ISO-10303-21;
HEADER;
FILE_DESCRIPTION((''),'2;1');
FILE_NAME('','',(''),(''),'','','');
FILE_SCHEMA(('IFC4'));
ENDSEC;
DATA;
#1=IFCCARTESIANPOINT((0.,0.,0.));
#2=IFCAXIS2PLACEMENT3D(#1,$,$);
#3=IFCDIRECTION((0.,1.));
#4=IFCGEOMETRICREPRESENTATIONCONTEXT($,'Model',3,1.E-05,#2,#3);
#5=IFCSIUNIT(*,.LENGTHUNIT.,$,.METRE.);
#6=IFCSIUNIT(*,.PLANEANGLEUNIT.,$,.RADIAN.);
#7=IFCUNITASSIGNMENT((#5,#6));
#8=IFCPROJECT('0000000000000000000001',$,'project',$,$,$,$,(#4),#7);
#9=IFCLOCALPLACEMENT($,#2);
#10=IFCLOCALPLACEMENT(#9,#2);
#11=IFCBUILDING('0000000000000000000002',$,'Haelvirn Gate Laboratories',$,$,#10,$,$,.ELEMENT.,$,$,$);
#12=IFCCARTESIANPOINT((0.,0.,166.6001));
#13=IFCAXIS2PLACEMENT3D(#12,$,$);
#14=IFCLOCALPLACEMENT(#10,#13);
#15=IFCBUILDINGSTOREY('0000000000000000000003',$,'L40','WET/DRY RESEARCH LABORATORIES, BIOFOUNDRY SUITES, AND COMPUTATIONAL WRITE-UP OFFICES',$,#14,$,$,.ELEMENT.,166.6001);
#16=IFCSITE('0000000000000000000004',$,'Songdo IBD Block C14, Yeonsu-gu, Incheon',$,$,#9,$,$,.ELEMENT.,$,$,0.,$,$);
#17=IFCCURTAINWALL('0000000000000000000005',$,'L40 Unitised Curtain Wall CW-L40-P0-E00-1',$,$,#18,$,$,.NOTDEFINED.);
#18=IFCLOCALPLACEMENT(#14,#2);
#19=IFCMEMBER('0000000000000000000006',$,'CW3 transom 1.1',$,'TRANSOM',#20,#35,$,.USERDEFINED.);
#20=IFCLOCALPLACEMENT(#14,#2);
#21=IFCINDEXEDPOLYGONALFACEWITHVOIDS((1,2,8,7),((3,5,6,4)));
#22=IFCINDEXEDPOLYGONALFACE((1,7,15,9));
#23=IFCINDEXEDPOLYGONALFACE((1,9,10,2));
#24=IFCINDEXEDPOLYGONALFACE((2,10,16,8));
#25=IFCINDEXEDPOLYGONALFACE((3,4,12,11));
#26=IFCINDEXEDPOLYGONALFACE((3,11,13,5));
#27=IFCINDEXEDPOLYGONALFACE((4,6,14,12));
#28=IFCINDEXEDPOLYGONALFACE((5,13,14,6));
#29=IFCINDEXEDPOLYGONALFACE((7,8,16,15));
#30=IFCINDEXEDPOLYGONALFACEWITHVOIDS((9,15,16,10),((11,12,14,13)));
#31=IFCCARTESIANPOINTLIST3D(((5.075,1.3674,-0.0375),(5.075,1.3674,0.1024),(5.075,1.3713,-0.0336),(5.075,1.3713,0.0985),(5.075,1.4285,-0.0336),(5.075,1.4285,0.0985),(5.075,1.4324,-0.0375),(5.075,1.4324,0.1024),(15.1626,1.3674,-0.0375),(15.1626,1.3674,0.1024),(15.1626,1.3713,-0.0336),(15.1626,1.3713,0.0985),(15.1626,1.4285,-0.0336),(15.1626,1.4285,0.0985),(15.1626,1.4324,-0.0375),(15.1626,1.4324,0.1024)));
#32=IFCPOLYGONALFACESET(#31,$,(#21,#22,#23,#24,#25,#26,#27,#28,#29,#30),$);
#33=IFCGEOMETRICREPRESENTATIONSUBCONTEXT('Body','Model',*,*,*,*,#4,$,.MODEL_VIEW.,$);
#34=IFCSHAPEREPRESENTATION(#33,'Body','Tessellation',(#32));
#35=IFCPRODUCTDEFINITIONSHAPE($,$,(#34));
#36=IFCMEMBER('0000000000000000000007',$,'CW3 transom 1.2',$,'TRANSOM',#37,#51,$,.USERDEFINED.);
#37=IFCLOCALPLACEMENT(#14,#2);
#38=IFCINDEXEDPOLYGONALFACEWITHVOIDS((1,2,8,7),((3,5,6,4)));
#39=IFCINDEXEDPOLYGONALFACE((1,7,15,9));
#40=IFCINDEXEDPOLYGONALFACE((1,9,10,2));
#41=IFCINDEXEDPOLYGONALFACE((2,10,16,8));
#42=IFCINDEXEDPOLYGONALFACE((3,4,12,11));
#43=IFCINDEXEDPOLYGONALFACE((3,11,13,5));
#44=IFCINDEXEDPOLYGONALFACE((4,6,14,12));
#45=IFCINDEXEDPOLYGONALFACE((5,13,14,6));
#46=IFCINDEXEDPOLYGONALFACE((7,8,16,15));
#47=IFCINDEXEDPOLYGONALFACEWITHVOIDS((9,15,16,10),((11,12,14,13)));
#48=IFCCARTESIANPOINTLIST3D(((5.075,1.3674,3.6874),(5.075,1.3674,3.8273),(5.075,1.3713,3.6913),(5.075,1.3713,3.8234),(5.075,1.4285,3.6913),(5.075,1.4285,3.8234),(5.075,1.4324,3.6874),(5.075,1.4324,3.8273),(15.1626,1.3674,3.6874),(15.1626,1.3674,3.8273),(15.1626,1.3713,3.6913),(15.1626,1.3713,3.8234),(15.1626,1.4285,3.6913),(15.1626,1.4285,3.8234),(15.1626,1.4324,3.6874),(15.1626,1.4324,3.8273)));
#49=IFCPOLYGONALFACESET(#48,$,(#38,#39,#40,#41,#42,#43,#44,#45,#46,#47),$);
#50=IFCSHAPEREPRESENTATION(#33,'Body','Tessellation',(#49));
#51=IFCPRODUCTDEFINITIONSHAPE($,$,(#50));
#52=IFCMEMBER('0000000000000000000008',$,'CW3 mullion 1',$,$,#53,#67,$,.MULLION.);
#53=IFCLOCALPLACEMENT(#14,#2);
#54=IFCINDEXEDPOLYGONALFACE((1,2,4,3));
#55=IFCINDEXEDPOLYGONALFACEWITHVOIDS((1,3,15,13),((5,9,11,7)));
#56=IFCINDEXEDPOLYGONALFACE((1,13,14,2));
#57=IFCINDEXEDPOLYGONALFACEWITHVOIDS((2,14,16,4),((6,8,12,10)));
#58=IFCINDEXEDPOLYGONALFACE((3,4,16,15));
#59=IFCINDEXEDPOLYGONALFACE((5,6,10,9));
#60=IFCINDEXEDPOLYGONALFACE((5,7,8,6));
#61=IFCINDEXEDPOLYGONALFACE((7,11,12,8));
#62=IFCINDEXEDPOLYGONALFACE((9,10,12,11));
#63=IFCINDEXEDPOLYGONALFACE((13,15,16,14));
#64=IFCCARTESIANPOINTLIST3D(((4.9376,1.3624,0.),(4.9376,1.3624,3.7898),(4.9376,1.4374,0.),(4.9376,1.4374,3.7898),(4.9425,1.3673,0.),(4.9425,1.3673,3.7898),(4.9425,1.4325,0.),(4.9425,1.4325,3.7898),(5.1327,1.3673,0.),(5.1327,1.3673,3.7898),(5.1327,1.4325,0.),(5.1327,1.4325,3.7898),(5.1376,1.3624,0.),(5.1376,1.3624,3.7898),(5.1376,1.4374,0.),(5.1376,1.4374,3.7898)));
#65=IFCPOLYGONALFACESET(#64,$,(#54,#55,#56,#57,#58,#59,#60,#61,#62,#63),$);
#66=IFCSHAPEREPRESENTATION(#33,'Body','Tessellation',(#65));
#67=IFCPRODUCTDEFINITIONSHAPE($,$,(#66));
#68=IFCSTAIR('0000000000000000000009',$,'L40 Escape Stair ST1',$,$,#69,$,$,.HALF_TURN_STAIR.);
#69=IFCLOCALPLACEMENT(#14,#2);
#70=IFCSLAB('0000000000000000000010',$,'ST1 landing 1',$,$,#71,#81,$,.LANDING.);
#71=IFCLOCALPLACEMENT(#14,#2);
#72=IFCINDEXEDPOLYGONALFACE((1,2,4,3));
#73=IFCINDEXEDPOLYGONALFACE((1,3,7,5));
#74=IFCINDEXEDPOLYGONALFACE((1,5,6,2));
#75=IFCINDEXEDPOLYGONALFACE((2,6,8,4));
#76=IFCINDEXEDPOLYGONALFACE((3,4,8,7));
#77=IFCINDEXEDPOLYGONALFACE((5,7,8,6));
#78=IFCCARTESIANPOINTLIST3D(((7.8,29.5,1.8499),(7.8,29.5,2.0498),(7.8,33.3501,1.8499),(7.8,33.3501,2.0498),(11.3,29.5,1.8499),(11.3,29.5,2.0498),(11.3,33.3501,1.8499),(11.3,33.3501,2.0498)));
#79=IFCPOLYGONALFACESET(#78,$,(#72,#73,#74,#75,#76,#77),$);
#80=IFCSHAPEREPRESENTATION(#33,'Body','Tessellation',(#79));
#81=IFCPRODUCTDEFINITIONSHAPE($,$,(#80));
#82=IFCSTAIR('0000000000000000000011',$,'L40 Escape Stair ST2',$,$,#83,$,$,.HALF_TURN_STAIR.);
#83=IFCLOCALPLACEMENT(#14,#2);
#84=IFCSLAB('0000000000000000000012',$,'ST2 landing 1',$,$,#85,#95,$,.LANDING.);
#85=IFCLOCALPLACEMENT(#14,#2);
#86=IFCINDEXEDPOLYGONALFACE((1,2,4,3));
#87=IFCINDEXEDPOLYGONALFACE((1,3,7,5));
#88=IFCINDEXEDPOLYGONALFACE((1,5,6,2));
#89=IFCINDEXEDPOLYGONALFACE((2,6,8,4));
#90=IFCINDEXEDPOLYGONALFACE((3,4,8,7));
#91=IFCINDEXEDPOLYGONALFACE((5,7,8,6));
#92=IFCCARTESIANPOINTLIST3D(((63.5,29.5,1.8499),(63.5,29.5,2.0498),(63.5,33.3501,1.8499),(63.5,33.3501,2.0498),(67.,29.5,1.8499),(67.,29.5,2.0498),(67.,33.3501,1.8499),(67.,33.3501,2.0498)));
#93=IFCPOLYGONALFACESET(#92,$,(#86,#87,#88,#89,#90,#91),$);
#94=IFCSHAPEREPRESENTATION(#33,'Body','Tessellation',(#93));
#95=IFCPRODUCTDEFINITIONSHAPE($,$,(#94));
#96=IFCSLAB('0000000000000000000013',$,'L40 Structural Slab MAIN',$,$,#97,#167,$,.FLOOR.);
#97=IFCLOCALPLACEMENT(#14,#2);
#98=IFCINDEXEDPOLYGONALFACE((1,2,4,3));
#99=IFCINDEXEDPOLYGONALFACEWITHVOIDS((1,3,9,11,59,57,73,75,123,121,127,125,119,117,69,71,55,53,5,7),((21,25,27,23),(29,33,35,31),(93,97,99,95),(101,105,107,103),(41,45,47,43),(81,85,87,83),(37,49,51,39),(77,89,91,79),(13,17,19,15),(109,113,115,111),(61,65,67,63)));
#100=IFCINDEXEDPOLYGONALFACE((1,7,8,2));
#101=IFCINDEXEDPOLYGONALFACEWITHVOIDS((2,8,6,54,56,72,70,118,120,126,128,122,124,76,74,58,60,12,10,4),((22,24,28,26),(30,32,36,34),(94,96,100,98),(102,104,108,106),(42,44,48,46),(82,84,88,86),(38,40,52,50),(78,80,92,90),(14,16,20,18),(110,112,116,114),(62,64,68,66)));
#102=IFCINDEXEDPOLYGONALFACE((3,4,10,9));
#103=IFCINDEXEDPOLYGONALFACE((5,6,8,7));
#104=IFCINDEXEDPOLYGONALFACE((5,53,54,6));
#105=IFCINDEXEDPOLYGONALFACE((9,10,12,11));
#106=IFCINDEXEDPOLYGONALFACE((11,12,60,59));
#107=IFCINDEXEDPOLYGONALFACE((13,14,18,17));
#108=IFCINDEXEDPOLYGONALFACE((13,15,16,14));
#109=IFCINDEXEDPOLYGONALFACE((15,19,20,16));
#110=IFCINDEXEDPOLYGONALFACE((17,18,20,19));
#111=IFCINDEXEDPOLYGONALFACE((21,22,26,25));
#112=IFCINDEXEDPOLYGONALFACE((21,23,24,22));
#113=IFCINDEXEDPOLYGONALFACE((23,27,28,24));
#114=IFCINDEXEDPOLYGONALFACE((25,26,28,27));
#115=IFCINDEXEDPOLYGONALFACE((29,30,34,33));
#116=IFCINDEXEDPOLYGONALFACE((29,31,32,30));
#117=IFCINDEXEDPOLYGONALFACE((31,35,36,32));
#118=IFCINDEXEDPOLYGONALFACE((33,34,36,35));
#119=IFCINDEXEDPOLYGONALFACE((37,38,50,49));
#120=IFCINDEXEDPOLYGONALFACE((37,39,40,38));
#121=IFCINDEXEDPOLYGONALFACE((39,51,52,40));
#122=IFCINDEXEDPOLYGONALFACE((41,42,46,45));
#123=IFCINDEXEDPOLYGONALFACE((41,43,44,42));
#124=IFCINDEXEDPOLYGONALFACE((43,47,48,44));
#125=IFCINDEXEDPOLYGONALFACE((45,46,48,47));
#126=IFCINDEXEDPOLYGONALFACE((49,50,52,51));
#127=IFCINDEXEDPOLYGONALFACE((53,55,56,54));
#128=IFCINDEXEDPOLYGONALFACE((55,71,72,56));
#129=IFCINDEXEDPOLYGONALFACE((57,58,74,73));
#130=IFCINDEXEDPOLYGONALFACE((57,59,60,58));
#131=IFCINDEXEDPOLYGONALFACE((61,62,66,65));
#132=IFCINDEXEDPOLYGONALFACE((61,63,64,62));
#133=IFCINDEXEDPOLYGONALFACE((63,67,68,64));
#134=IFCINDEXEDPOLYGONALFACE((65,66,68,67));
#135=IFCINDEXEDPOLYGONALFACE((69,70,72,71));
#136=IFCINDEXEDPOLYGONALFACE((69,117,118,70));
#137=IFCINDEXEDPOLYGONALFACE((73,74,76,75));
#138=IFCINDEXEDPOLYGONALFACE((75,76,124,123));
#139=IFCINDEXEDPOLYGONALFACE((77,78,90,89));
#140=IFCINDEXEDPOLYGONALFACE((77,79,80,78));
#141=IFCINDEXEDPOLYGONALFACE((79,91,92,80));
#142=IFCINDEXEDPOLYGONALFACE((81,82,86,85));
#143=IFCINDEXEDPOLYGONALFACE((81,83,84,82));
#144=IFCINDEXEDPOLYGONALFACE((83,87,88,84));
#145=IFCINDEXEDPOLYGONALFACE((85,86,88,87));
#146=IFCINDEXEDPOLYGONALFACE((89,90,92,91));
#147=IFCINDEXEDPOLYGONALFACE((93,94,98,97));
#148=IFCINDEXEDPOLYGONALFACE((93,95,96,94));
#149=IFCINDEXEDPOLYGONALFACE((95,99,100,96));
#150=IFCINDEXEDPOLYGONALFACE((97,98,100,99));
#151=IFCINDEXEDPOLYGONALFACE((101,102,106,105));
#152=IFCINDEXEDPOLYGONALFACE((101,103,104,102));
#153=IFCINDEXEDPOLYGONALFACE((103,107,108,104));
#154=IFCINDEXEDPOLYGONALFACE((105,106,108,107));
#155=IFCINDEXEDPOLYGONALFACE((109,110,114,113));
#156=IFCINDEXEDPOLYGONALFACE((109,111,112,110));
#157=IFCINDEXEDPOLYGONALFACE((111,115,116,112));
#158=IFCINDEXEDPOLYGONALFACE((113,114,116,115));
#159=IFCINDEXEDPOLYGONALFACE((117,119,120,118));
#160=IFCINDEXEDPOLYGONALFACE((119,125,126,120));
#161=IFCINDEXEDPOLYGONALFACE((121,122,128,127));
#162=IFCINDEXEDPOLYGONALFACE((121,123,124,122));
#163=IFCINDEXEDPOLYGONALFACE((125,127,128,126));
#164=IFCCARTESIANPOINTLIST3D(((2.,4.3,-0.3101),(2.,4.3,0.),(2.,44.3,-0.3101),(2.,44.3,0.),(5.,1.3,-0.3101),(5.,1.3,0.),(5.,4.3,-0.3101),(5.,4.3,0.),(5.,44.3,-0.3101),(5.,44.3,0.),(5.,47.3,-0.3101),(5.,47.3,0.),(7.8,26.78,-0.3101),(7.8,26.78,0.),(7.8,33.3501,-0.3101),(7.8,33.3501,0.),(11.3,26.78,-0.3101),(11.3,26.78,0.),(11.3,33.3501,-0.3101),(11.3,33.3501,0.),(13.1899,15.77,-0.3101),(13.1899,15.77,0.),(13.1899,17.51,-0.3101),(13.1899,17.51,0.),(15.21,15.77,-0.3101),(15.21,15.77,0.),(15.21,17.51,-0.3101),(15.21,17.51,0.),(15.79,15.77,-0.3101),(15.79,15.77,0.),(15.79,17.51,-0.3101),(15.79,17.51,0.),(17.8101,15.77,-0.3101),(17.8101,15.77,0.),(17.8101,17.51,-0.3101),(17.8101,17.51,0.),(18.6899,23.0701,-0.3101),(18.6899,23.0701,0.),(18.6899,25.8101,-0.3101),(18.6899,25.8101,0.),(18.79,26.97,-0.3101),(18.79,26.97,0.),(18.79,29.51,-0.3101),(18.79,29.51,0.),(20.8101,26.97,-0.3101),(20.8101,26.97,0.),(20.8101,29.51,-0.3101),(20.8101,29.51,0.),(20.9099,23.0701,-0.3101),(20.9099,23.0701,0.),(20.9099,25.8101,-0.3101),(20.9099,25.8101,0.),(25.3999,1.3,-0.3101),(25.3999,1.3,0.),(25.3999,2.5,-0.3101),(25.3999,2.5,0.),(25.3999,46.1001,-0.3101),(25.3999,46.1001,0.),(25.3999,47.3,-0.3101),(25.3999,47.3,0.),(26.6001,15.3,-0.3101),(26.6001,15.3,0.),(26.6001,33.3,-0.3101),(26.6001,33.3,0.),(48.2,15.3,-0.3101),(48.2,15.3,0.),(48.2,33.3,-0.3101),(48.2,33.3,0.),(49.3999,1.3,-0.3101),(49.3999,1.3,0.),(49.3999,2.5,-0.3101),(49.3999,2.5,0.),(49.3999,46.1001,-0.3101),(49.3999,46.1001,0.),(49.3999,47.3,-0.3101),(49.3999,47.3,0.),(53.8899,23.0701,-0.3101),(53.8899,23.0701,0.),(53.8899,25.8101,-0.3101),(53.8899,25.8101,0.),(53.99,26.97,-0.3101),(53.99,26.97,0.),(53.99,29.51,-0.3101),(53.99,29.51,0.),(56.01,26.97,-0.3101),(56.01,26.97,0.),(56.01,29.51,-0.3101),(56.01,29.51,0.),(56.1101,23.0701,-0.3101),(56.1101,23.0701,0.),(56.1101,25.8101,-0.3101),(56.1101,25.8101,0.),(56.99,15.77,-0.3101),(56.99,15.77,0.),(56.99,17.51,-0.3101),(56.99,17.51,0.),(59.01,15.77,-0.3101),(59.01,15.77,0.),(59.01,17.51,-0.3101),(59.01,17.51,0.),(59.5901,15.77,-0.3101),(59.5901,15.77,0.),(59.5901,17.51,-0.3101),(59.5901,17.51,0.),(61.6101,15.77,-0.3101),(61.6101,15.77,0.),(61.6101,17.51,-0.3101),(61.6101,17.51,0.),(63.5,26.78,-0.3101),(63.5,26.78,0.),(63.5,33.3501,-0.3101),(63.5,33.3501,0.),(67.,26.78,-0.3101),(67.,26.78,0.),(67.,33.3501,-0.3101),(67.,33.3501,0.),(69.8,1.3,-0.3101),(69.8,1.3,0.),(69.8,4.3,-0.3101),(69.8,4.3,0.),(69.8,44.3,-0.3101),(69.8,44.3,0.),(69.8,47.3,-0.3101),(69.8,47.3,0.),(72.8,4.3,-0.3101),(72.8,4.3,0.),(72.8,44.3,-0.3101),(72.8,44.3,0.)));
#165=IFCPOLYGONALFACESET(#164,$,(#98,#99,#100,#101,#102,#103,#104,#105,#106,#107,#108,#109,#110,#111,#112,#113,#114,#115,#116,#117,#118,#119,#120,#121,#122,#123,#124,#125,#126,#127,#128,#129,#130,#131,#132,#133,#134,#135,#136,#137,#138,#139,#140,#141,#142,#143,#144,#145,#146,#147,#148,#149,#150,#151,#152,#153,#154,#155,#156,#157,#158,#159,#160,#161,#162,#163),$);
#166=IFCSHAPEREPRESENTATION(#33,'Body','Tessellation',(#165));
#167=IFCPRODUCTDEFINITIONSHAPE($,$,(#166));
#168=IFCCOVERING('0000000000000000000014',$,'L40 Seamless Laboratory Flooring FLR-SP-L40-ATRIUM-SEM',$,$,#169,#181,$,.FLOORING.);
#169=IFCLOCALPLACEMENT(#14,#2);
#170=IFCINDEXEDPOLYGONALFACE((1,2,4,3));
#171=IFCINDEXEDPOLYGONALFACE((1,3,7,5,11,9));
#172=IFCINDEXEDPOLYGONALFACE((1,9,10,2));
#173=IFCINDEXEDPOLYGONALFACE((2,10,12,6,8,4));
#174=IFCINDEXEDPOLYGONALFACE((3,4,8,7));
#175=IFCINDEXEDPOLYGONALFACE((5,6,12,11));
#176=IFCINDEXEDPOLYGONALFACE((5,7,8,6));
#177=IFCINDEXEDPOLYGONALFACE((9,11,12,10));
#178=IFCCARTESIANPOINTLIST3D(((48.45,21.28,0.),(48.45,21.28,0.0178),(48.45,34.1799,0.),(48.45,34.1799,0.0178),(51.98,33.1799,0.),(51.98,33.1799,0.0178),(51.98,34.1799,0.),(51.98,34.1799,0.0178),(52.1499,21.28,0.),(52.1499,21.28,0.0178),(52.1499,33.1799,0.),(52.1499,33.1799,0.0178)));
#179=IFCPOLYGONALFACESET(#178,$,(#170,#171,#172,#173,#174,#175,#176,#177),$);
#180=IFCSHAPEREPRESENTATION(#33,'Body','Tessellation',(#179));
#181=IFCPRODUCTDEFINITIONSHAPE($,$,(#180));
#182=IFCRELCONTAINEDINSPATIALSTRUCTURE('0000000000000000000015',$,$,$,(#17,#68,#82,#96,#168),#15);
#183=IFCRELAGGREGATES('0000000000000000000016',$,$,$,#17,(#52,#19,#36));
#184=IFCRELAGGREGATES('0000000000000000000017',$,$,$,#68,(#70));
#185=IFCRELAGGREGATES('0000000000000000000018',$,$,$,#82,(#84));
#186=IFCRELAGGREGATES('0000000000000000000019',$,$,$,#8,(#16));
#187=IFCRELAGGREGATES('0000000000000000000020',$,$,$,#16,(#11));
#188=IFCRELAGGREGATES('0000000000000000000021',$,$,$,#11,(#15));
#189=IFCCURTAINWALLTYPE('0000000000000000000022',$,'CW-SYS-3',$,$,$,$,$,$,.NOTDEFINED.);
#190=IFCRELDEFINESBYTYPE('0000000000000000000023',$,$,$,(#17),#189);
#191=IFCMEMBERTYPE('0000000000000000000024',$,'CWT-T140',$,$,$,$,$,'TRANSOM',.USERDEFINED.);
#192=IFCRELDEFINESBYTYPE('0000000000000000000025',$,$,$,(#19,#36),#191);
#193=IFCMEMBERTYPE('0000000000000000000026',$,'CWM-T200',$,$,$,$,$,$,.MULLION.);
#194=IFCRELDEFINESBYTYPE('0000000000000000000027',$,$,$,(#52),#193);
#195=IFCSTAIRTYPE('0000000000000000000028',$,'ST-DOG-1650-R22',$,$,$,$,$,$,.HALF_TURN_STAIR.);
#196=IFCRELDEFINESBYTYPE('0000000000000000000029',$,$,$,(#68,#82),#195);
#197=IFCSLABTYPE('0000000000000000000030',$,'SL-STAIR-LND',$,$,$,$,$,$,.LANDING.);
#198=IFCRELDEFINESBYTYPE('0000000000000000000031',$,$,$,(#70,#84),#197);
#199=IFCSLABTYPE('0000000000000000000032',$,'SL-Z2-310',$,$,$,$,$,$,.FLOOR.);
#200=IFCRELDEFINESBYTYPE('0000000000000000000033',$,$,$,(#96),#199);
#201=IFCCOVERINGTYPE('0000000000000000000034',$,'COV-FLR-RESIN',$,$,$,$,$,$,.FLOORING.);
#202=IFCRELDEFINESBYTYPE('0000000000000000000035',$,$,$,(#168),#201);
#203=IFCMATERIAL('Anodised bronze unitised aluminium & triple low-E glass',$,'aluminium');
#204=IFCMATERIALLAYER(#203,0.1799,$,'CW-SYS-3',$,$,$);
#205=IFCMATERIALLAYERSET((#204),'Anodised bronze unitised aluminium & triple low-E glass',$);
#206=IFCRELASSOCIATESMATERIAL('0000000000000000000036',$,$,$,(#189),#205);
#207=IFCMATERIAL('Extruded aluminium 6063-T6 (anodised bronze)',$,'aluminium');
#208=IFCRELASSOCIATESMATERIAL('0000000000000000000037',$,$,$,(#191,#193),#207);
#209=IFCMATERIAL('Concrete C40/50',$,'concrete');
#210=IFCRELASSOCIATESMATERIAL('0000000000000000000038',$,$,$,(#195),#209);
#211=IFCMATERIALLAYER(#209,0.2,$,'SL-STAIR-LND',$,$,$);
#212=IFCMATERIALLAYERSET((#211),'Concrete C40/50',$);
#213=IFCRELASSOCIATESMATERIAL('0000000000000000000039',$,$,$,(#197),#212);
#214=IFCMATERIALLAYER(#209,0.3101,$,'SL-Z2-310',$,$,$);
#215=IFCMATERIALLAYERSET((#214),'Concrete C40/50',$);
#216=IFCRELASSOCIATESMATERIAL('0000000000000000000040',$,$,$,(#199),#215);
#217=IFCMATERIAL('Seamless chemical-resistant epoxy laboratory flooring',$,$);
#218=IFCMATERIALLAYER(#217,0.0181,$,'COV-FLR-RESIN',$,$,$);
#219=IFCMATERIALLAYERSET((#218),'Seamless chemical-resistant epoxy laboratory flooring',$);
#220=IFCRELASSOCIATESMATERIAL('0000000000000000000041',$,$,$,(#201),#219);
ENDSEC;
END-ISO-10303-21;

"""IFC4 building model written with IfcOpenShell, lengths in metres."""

from ifc_helpers import new_model, si_unit, direction, frame, origin, origin_2d, place, context, subcontext, project, spatial, polyline, hollow_rectangle, outline, extrude, source, transform, mapped, material, layer, layer_set, material_profile, profile_set, type_object, type_shapes, element, aggregate, save


model = new_model("IFC4")

# Units and contexts
model_context = context("Model", 3, precision=1e-05, world=origin(), true_north=direction((0.0, 1.0)))
body_context = subcontext(model_context, "Body", "Model", "MODEL_VIEW")
ifc_project = project(units=[si_unit("LENGTHUNIT", "METRE"), si_unit("PLANEANGLEUNIT", "RADIAN")], contexts=[model_context])

# Site, building, storey
site_placement = place(None, origin())
site = spatial("IfcSite", under=ifc_project, at=site_placement, Name="Songdo IBD Block C14, Yeonsu-gu, Incheon", CompositionType="ELEMENT", RefElevation=0.0)
building_placement = place(site_placement, origin())
building = spatial("IfcBuilding", under=site, at=building_placement, Name="Haelvirn Gate Laboratories", CompositionType="ELEMENT")
storey_placement = place(building_placement, frame((0.0, 0.0, 166.6001)))
storey = spatial("IfcBuildingStorey", under=building, at=storey_placement, Name="L40", Description="WET/DRY RESEARCH LABORATORIES, BIOFOUNDRY SUITES, AND COMPUTATIONAL WRITE-UP OFFICES", CompositionType="ELEMENT", Elevation=166.6001)

# Curtain wall, members
ifc_material_1 = material(Name="Anodised bronze unitised aluminium & triple low-E glass", Category="aluminium")
ifc_layer_1 = layer(ifc_material_1, 0.1799, Name="CW-SYS-3")
ifc_layer_set_1 = layer_set([ifc_layer_1], Name="Anodised bronze unitised aluminium & triple low-E glass")
curtain_wall_type = type_object("IfcCurtainWallType", Name="CW-SYS-3", PredefinedType="NOTDEFINED", material=ifc_layer_set_1)
curtain_wall_placement = place(storey_placement, origin())
curtain_wall = element("IfcCurtainWall", 1, at=curtain_wall_placement, inside=storey, type_object=curtain_wall_type, Name="L40 Unitised Curtain Wall CW-L40-P0-E00-1", PredefinedType="NOTDEFINED")
ifc_material_2 = material(Name="Extruded aluminium 6063-T6 (anodised bronze)", Category="aluminium")
ifc_material_profile_1 = material_profile(ifc_material_2, hollow_rectangle(XDim=0.0649, YDim=0.1399, WallThickness=0.0039, at=origin_2d()), Name="CWT-140x65x4")
ifc_profile_set_1 = profile_set([ifc_material_profile_1], Name="Extruded aluminium 6063-T6 (anodised bronze)")
member_type_1 = type_object("IfcMemberType", Name="CWT-T140", ElementType="TRANSOM", PredefinedType="USERDEFINED", material=ifc_profile_set_1)
shared_shape_1 = source(origin(), body_context, "Body", "SweptSolid", [
    extrude(hollow_rectangle(XDim=0.0649, YDim=0.1399, WallThickness=0.0039, at=origin_2d()), origin(), (0.0, 0.0, 1.0), 10.0876),
])
type_shapes(member_type_1, [shared_shape_1])
member_1_placement = place(storey_placement, frame((5.075, 1.3999, 0.0325), z_axis=(1.0, 0.0, 0.0), x_axis=(0.0, 1.0, 0.0)))
member_1 = element("IfcMember", 2, at=member_1_placement, type_object=member_type_1, Name="CW3 transom 1.1", ObjectType="TRANSOM", PredefinedType="USERDEFINED", context=body_context, shape_type="MappedRepresentation", body=[
    mapped(shared_shape_1, transform((0.0, 0.0, 0.0), scale=1.0)),
])
member_2_placement = place(storey_placement, frame((5.075, 1.3999, 3.7573), z_axis=(1.0, 0.0, 0.0), x_axis=(0.0, 1.0, 0.0)))
member_2 = element("IfcMember", 3, at=member_2_placement, type_object=member_type_1, Name="CW3 transom 1.2", ObjectType="TRANSOM", PredefinedType="USERDEFINED", context=body_context, shape_type="MappedRepresentation", body=[
    mapped(shared_shape_1, transform((0.0, 0.0, 0.0), scale=1.0)),
])
ifc_material_profile_2 = material_profile(ifc_material_2, hollow_rectangle(XDim=0.075, YDim=0.2, WallThickness=0.0049, at=origin_2d()), Name="CWM-200x75x5")
ifc_profile_set_2 = profile_set([ifc_material_profile_2], Name="Extruded aluminium 6063-T6 (anodised bronze)")
member_type_2 = type_object("IfcMemberType", Name="CWM-T200", PredefinedType="MULLION", material=ifc_profile_set_2)
shared_shape_2 = source(origin(), body_context, "Body", "SweptSolid", [
    extrude(hollow_rectangle(XDim=0.075, YDim=0.2, WallThickness=0.0049, at=origin_2d()), origin(), (0.0, 0.0, 1.0), 3.7898),
])
type_shapes(member_type_2, [shared_shape_2])
member_3_placement = place(storey_placement, frame((5.0376, 1.3999, 0.0), z_axis=(0.0, 0.0, 1.0), x_axis=(0.0, 1.0, 0.0)))
member_3 = element("IfcMember", 4, at=member_3_placement, type_object=member_type_2, Name="CW3 mullion 1", PredefinedType="MULLION", context=body_context, shape_type="MappedRepresentation", body=[
    mapped(shared_shape_2, transform((0.0, 0.0, 0.0), scale=1.0)),
])
aggregate(curtain_wall, [member_3, member_1, member_2])

# Stairs, slabs
ifc_material_3 = material(Name="Concrete C40/50", Category="concrete")
stair_type = type_object("IfcStairType", Name="ST-DOG-1650-R22", PredefinedType="HALF_TURN_STAIR", material=ifc_material_3)
stair_1_placement = place(storey_placement, origin())
stair_1 = element("IfcStair", 5, at=stair_1_placement, inside=storey, type_object=stair_type, Name="L40 Escape Stair ST1", PredefinedType="HALF_TURN_STAIR")
ifc_layer_2 = layer(ifc_material_3, 0.2, Name="SL-STAIR-LND")
ifc_layer_set_2 = layer_set([ifc_layer_2], Name="Concrete C40/50")
slab_type_1 = type_object("IfcSlabType", Name="SL-STAIR-LND", PredefinedType="LANDING", material=ifc_layer_set_2)
slab_1_placement = place(storey_placement, frame((0.0, 0.0, 1.8499)))
slab_1 = element("IfcSlab", 6, at=slab_1_placement, type_object=slab_type_1, Name="ST1 landing 1", PredefinedType="LANDING", context=body_context, shape_type="SweptSolid", body=[
    extrude(outline(polyline([(11.3, 29.5), (11.3, 33.3501), (7.8, 33.3501), (7.8, 29.5), (11.3, 29.5)])), origin(), (0.0, 0.0, 1.0), 0.2),
])
aggregate(stair_1, [slab_1])
stair_2_placement = place(storey_placement, origin())
stair_2 = element("IfcStair", 7, at=stair_2_placement, inside=storey, type_object=stair_type, Name="L40 Escape Stair ST2", PredefinedType="HALF_TURN_STAIR")
slab_2_placement = place(storey_placement, frame((0.0, 0.0, 1.8499)))
slab_2 = element("IfcSlab", 8, at=slab_2_placement, type_object=slab_type_1, Name="ST2 landing 1", PredefinedType="LANDING", context=body_context, shape_type="SweptSolid", body=[
    extrude(outline(polyline([(67.0, 29.5), (67.0, 33.3501), (63.5, 33.3501), (63.5, 29.5), (67.0, 29.5)])), origin(), (0.0, 0.0, 1.0), 0.2),
])
aggregate(stair_2, [slab_2])

# Slab
ifc_layer_3 = layer(ifc_material_3, 0.3101, Name="SL-Z2-310")
ifc_layer_set_3 = layer_set([ifc_layer_3], Name="Concrete C40/50")
slab_type_2 = type_object("IfcSlabType", Name="SL-Z2-310", PredefinedType="FLOOR", material=ifc_layer_set_3)
slab_3_placement = place(storey_placement, frame((0.0, 0.0, -0.3101)))
element("IfcSlab", 9, at=slab_3_placement, inside=storey, type_object=slab_type_2, Name="L40 Structural Slab MAIN", PredefinedType="FLOOR", context=body_context, shape_type="SweptSolid", body=[
    extrude(outline(polyline([(5.0, 1.3), (25.3999, 1.3), (25.3999, 2.5), (49.3999, 2.5), (49.3999, 1.3), (69.8, 1.3), (69.8, 4.3), (72.8, 4.3), (72.8, 44.3), (69.8, 44.3), (69.8, 47.3), (49.3999, 47.3), (49.3999, 46.1001), (25.3999, 46.1001), (25.3999, 47.3), (5.0, 47.3), (5.0, 44.3), (2.0, 44.3), (2.0, 4.3), (5.0, 4.3), (5.0, 1.3)]), holes=[polyline([(26.6001, 15.3), (48.2, 15.3), (48.2, 33.3), (26.6001, 33.3), (26.6001, 15.3)]), polyline([(11.3, 26.78), (11.3, 33.3501), (7.8, 33.3501), (7.8, 26.78), (11.3, 26.78)]), polyline([(67.0, 26.78), (67.0, 33.3501), (63.5, 33.3501), (63.5, 26.78), (67.0, 26.78)]), polyline([(13.1899, 15.77), (15.21, 15.77), (15.21, 17.51), (13.1899, 17.51), (13.1899, 15.77)]), polyline([(15.79, 15.77), (17.8101, 15.77), (17.8101, 17.51), (15.79, 17.51), (15.79, 15.77)]), polyline([(18.79, 26.97), (20.8101, 26.97), (20.8101, 29.51), (18.79, 29.51), (18.79, 26.97)]), polyline([(18.6899, 23.0701), (20.9099, 23.0701), (20.9099, 25.8101), (18.6899, 25.8101), (18.6899, 23.0701)]), polyline([(59.5901, 15.77), (61.6101, 15.77), (61.6101, 17.51), (59.5901, 17.51), (59.5901, 15.77)]), polyline([(56.99, 15.77), (59.01, 15.77), (59.01, 17.51), (56.99, 17.51), (56.99, 15.77)]), polyline([(53.99, 26.97), (56.01, 26.97), (56.01, 29.51), (53.99, 29.51), (53.99, 26.97)]), polyline([(53.8899, 23.0701), (56.1101, 23.0701), (56.1101, 25.8101), (53.8899, 25.8101), (53.8899, 23.0701)])]), origin(), (0.0, 0.0, 1.0), 0.3101),
])

# Covering
ifc_material_4 = material(Name="Seamless chemical-resistant epoxy laboratory flooring")
ifc_layer_4 = layer(ifc_material_4, 0.0181, Name="COV-FLR-RESIN")
ifc_layer_set_4 = layer_set([ifc_layer_4], Name="Seamless chemical-resistant epoxy laboratory flooring")
covering_type = type_object("IfcCoveringType", Name="COV-FLR-RESIN", PredefinedType="FLOORING", material=ifc_layer_set_4)
covering_1_placement = place(storey_placement, origin())
element("IfcCovering", 10, at=covering_1_placement, inside=storey, type_object=covering_type, Name="L40 Seamless Laboratory Flooring FLR-SP-L40-ATRIUM-SEM", PredefinedType="FLOORING", context=body_context, shape_type="SweptSolid", body=[
    extrude(outline(polyline([(51.98, 34.1799), (51.98, 33.1799), (52.1499, 33.1799), (52.1499, 21.28), (48.45, 21.28), (48.45, 34.1799), (51.98, 34.1799)])), origin(), (0.0, 0.0, 1.0), 0.0178),
])

save(model, "model.ifc")
